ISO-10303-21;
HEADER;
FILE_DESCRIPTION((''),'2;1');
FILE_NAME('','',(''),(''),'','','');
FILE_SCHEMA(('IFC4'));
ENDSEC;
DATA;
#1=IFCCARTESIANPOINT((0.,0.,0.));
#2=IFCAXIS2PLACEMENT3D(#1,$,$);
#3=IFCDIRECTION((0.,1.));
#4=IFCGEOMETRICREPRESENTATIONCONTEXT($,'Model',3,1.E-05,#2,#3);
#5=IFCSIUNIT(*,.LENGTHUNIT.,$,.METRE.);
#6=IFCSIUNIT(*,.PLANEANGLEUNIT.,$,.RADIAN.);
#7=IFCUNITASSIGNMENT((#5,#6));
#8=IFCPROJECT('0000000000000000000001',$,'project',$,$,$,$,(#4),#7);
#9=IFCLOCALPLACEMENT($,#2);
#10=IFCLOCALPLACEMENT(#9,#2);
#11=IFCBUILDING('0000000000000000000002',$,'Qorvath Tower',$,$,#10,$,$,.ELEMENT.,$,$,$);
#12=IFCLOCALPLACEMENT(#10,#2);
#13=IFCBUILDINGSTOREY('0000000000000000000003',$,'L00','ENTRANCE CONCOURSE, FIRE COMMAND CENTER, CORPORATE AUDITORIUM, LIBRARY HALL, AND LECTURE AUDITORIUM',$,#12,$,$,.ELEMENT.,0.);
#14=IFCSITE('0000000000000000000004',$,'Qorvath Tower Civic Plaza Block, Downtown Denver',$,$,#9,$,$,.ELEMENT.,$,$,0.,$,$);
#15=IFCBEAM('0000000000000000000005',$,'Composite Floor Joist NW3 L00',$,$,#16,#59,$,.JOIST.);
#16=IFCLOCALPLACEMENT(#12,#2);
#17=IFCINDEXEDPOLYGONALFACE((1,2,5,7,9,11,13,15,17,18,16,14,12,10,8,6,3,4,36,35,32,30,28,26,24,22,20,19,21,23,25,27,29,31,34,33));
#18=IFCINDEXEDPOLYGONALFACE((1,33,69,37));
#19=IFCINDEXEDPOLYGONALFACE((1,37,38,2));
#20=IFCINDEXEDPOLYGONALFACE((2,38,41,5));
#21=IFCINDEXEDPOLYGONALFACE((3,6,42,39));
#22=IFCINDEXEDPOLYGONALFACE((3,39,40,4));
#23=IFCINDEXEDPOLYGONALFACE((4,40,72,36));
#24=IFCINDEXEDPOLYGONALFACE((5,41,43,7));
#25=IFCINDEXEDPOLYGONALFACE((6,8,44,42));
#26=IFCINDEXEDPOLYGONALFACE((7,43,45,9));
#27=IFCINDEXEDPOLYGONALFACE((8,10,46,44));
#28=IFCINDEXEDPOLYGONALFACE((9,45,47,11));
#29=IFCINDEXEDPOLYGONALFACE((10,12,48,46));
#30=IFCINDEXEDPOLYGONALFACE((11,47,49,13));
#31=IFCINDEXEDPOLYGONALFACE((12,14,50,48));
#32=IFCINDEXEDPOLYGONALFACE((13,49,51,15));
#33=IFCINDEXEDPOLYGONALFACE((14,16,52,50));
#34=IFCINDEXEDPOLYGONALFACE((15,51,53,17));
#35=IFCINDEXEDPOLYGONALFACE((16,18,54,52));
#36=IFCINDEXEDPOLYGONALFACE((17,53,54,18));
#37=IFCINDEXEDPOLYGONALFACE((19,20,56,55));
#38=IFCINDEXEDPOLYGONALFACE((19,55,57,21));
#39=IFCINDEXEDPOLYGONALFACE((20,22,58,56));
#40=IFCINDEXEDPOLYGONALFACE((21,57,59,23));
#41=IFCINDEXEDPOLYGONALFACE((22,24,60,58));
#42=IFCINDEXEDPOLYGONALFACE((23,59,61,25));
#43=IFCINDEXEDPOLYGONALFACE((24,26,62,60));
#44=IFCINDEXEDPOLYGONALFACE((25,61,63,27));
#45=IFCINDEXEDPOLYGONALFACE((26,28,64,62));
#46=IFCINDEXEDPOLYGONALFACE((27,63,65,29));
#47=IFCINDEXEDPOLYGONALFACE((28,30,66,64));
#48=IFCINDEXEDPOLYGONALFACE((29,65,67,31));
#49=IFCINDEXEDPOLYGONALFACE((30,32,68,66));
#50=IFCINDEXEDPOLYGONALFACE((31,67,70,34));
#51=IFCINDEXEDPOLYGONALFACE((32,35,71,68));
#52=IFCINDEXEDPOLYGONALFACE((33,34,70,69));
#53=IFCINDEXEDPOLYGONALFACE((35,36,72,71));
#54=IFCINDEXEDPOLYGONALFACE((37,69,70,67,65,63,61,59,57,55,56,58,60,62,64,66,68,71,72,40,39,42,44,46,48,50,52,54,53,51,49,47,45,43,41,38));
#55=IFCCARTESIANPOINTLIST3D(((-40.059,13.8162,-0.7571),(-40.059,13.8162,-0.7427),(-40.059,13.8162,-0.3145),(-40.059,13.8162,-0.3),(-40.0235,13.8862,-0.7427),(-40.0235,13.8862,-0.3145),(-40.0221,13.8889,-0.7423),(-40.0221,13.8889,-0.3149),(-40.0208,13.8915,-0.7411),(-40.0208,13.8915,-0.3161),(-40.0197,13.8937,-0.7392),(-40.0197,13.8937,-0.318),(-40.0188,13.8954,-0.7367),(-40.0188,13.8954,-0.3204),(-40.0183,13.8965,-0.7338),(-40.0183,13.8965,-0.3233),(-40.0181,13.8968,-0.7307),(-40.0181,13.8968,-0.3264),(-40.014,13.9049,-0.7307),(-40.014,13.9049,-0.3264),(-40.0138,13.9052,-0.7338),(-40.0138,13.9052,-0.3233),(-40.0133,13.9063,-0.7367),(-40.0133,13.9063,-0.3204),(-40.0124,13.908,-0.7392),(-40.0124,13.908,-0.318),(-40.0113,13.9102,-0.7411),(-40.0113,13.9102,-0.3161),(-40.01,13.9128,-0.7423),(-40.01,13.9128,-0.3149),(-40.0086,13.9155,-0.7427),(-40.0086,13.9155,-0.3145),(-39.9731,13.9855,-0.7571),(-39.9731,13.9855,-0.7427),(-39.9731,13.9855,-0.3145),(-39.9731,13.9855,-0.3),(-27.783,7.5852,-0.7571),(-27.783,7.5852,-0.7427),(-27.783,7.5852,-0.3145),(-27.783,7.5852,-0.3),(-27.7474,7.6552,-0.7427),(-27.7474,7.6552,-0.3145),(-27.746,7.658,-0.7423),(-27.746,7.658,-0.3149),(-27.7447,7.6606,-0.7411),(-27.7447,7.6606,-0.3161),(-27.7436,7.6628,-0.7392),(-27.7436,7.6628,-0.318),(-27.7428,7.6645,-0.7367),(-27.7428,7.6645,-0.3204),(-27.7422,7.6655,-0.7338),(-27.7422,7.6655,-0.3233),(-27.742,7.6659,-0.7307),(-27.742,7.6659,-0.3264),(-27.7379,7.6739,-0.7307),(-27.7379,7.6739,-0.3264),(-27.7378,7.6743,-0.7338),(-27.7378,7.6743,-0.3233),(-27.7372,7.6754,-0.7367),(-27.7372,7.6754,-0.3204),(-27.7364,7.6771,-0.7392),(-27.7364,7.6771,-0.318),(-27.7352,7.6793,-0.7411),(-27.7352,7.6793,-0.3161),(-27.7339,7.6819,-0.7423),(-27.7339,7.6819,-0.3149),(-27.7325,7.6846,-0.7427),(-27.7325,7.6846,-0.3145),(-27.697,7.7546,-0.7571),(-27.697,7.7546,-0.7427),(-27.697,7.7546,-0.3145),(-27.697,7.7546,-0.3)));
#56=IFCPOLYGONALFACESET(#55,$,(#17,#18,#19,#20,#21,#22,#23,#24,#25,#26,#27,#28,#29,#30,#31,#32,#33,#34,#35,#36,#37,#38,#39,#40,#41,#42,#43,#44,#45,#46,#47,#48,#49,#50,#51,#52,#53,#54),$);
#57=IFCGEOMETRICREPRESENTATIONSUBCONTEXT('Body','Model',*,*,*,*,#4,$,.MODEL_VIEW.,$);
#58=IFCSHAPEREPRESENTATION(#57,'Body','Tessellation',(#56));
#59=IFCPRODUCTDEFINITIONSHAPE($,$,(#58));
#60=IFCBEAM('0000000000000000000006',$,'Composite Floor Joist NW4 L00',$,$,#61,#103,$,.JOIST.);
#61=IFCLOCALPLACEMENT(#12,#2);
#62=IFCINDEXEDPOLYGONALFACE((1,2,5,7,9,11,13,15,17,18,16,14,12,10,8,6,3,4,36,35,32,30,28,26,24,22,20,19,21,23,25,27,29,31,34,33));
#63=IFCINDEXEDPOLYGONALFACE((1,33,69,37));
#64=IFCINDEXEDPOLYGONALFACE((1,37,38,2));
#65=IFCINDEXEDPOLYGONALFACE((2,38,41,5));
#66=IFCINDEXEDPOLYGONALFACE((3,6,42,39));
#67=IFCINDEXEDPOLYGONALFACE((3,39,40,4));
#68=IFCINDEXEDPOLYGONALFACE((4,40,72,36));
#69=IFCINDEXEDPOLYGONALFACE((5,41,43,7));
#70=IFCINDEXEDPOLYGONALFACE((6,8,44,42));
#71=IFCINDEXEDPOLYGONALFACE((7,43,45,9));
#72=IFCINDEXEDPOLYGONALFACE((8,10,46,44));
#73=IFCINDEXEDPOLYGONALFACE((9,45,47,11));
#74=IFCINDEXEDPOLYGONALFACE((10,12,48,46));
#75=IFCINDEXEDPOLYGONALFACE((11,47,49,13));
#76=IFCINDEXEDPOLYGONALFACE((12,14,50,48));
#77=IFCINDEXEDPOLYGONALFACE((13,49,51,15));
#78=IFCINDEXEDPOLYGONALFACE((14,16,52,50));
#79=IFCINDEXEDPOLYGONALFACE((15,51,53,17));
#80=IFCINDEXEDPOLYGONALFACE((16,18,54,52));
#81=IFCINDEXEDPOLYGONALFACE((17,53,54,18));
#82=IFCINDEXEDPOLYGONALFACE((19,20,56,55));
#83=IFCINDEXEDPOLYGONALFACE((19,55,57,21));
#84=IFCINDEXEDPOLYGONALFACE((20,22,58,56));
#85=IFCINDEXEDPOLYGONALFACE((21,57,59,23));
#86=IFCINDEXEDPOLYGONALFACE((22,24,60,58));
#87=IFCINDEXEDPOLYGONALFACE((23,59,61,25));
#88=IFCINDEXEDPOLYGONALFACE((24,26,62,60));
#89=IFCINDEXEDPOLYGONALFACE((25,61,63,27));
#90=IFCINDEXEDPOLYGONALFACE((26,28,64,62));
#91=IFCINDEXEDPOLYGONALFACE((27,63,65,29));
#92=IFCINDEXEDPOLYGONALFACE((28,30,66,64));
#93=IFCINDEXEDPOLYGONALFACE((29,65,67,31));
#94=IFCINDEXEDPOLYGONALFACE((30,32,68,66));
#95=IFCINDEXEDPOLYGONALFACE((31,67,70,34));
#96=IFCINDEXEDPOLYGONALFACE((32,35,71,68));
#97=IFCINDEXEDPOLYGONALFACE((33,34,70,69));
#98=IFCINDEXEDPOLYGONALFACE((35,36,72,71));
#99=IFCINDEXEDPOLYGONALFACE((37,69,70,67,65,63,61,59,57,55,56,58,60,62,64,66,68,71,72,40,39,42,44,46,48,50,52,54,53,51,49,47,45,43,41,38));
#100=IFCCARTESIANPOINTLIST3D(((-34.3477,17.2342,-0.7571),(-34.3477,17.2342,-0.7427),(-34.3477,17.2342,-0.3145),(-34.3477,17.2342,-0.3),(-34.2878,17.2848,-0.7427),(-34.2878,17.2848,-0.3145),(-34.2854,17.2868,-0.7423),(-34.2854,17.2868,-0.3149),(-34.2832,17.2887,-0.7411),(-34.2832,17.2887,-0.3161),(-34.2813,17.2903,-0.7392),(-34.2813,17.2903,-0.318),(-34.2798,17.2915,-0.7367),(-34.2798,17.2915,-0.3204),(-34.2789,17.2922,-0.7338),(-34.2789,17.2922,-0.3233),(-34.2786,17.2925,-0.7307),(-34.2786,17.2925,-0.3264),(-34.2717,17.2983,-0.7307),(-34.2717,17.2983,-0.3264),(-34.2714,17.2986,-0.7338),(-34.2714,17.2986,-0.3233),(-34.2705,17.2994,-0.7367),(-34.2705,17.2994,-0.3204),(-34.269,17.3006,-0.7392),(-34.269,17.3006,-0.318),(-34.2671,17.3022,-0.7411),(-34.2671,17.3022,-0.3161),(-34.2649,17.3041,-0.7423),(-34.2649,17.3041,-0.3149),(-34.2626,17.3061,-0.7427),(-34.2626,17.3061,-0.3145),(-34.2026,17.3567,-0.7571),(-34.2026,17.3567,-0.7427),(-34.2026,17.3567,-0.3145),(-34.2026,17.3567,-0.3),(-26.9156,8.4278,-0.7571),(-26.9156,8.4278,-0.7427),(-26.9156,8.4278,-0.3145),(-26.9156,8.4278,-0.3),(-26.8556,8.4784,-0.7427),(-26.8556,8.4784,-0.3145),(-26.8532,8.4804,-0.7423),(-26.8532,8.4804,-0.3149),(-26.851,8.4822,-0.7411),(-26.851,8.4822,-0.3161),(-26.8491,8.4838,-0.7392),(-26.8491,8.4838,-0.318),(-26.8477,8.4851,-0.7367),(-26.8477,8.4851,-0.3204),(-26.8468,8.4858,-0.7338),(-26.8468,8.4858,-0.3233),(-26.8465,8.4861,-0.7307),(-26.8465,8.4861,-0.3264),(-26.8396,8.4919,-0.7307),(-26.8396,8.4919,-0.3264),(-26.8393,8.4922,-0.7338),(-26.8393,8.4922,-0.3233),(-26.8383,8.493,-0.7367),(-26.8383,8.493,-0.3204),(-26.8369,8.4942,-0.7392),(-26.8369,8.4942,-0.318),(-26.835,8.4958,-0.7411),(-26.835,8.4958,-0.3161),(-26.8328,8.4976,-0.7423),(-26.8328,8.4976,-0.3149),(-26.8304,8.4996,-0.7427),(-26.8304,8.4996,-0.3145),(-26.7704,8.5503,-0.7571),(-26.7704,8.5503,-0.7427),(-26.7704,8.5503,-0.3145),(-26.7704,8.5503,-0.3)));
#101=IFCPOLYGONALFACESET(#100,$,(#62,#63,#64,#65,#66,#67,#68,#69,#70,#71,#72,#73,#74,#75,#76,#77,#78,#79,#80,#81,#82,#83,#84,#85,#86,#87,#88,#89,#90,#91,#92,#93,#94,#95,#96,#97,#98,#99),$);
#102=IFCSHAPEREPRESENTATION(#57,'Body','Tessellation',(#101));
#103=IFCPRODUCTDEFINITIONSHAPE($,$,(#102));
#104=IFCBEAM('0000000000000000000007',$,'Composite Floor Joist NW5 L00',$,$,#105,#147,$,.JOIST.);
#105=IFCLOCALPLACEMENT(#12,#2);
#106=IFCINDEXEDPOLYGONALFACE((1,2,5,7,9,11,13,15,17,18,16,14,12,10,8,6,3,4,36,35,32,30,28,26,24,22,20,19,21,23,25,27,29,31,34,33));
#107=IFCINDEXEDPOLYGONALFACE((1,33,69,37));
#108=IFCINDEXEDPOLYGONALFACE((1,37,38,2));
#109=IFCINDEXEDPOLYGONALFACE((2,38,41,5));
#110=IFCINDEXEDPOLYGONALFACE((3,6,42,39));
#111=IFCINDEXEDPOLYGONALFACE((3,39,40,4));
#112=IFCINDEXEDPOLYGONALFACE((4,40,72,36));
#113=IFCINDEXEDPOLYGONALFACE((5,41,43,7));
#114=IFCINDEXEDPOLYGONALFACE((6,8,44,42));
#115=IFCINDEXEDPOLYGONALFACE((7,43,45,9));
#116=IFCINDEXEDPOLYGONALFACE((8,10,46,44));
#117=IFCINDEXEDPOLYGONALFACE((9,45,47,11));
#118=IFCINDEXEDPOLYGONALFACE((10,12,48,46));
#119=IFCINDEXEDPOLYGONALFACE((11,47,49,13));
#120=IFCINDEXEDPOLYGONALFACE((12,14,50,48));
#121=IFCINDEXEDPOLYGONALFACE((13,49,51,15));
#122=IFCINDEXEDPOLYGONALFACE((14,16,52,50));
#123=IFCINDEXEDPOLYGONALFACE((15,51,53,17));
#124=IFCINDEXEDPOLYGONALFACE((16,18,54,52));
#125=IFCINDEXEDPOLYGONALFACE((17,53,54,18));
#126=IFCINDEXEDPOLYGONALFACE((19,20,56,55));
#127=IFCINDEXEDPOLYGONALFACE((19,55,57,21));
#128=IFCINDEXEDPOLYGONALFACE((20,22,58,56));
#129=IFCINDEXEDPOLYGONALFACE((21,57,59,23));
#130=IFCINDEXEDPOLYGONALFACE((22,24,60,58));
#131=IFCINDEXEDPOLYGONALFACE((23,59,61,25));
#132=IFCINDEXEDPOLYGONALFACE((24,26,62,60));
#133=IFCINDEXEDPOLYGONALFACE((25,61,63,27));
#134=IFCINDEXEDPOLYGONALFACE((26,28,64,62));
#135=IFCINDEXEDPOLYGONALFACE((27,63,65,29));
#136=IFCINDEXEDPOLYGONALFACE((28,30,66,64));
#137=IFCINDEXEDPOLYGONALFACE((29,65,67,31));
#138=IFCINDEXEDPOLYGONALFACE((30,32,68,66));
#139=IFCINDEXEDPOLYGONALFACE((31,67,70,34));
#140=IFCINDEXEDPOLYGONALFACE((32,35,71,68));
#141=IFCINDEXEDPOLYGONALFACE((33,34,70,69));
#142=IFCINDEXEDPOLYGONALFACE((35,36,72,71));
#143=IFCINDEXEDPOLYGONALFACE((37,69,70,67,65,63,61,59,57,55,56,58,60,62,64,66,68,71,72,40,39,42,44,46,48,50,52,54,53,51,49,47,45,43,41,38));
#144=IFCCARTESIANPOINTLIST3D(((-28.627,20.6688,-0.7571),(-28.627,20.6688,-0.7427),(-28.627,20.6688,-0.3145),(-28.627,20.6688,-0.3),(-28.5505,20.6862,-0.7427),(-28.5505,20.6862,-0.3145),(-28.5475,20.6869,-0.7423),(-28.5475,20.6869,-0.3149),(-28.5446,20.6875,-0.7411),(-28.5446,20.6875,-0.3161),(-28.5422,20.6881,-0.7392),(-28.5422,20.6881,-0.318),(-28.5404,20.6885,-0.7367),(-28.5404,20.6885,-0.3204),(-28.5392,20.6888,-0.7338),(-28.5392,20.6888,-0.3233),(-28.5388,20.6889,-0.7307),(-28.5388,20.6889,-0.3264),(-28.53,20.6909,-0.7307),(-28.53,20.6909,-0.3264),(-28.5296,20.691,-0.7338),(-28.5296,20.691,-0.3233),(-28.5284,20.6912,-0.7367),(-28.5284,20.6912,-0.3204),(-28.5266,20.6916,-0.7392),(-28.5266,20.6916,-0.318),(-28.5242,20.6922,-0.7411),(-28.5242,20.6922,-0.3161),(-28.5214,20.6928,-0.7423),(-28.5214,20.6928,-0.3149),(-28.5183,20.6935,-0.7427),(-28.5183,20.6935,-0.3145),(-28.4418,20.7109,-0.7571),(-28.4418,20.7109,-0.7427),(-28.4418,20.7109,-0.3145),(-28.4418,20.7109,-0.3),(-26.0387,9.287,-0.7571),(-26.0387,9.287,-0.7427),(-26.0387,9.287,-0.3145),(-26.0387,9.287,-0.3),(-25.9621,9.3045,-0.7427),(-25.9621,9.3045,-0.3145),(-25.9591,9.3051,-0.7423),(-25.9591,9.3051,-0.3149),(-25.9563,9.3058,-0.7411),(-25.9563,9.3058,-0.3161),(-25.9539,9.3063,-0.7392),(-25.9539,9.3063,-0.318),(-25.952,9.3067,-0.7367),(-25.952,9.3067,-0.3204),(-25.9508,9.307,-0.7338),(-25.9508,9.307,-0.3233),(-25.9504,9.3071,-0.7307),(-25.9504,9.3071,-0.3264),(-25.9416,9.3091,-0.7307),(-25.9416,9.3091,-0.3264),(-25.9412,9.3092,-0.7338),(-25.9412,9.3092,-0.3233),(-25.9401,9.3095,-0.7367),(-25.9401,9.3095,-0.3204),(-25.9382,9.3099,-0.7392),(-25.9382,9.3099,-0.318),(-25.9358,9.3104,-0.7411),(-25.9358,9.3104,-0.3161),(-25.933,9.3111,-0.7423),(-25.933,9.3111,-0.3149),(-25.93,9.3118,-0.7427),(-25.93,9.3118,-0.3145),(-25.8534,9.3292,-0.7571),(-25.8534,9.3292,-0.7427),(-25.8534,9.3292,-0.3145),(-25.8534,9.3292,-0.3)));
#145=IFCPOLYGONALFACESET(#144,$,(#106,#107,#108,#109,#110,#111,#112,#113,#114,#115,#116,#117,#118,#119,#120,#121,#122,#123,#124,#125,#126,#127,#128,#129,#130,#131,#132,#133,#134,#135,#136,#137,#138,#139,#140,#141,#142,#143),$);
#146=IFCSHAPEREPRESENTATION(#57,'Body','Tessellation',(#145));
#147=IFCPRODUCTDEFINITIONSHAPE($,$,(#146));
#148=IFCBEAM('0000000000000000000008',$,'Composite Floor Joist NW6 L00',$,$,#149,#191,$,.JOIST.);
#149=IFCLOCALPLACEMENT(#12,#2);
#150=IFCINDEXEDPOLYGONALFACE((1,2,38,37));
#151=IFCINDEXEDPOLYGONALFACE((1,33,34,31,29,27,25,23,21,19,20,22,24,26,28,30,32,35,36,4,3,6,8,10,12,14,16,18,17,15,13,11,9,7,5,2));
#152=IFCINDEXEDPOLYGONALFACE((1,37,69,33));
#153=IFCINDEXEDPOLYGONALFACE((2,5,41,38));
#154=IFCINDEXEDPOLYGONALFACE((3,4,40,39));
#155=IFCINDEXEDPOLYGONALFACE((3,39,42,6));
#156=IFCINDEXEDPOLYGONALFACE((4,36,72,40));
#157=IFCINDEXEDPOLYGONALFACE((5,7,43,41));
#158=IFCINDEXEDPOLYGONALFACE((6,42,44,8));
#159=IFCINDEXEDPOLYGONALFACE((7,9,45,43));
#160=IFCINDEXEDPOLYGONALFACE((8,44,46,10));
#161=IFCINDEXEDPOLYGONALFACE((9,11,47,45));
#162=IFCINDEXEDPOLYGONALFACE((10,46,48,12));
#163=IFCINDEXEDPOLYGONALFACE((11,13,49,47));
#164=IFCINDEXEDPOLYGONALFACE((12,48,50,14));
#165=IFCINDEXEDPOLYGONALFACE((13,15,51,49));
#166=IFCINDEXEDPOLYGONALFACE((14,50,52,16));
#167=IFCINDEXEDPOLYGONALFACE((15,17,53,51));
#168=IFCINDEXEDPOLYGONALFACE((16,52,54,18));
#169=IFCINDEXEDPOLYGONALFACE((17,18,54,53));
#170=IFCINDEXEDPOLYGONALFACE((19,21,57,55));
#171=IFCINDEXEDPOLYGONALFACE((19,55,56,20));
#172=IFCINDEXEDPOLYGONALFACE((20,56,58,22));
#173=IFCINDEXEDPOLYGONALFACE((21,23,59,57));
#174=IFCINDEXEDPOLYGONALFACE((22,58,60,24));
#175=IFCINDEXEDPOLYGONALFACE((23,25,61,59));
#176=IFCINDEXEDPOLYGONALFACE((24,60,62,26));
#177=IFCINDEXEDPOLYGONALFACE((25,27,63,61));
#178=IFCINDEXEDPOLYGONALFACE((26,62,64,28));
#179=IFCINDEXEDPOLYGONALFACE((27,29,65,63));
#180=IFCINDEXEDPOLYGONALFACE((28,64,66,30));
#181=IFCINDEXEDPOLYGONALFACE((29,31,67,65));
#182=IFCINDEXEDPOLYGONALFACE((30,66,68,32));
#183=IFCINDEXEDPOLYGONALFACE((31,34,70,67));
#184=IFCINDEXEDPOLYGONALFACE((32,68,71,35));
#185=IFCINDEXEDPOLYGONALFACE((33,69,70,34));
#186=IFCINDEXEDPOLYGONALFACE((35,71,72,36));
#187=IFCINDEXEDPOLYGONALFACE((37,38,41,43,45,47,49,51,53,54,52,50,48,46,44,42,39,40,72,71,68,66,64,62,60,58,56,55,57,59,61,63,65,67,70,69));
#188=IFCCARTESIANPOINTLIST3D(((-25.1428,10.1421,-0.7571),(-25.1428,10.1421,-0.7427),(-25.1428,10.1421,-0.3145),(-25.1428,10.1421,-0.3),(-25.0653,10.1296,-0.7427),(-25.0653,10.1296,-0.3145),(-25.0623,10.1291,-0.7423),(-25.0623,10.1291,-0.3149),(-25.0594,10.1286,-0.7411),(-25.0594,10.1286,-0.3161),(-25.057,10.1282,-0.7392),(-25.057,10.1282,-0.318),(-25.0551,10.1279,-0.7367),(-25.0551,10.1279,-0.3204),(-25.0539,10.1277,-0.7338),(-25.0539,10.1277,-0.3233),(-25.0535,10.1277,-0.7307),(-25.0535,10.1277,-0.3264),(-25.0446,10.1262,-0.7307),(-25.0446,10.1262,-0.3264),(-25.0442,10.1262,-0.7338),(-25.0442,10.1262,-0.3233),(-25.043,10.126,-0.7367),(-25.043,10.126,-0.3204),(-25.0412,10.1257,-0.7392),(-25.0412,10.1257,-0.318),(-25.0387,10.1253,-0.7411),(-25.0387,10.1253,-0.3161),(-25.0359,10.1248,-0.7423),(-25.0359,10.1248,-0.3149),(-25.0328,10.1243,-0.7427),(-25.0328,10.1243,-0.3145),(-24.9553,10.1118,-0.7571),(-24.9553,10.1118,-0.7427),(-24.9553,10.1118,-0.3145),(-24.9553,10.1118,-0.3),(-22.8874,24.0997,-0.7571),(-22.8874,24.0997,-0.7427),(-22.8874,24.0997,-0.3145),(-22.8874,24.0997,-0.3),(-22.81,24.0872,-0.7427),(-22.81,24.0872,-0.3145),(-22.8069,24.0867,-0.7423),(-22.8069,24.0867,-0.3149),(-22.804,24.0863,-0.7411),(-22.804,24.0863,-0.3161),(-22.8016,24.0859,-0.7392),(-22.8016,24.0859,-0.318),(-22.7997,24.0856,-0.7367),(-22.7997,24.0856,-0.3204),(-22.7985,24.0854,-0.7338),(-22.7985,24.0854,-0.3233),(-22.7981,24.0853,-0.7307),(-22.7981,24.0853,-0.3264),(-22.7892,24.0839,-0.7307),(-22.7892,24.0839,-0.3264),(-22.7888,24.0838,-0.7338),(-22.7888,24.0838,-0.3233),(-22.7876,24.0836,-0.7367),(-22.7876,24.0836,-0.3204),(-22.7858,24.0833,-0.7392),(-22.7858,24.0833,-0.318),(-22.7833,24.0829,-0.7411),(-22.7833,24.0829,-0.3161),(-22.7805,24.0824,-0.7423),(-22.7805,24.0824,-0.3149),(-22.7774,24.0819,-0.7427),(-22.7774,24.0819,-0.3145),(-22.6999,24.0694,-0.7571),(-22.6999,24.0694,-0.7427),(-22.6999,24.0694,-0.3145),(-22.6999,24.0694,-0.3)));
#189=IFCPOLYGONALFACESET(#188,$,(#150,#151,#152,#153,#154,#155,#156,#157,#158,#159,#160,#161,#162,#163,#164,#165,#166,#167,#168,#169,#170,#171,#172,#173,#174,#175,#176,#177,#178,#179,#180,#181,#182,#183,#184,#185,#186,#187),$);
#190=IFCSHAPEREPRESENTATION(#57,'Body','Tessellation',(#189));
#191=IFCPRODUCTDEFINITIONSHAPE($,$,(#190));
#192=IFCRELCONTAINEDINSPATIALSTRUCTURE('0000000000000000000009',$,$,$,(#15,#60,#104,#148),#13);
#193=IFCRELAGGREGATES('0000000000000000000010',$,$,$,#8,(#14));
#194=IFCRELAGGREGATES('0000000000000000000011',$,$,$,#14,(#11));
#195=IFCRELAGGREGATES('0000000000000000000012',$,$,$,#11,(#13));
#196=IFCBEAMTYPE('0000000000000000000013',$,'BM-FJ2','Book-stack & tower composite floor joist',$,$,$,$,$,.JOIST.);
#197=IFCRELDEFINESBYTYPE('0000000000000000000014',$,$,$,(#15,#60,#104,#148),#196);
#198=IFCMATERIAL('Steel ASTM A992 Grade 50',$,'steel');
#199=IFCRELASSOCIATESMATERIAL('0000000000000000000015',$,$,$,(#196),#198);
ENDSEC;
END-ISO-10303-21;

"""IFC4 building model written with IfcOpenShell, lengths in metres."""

from ifc_helpers import new_model, si_unit, direction, frame, origin, origin_2d, place, context, subcontext, project, spatial, i_section, extrude, material, material_profile, profile_set, type_object, element, save


model = new_model("IFC4")

# Units and contexts
model_context = context("Model", 3, precision=1e-05, world=origin(), true_north=direction((0.0, 1.0)))
body_context = subcontext(model_context, "Body", "Model", "MODEL_VIEW")
ifc_project = project(units=[si_unit("LENGTHUNIT", "METRE"), si_unit("PLANEANGLEUNIT", "RADIAN")], contexts=[model_context])

# Site, building, storey
site_placement = place(None, origin())
site = spatial("IfcSite", under=ifc_project, at=site_placement, Name="Qorvath Tower Civic Plaza Block, Downtown Denver", CompositionType="ELEMENT", RefElevation=0.0)
building_placement = place(site_placement, origin())
building = spatial("IfcBuilding", under=site, at=building_placement, Name="Qorvath Tower", CompositionType="ELEMENT")
storey_placement = place(building_placement, origin())
storey = spatial("IfcBuildingStorey", under=building, at=storey_placement, Name="L00", Description="ENTRANCE CONCOURSE, FIRE COMMAND CENTER, CORPORATE AUDITORIUM, LIBRARY HALL, AND LECTURE AUDITORIUM", CompositionType="ELEMENT", Elevation=0.0)

# Beams
ifc_material_1 = material(Name="Steel ASTM A992 Grade 50", Category="steel")
ifc_material_profile = material_profile(ifc_material_1, i_section(OverallWidth=0.1899, OverallDepth=0.457, WebThickness=0.009, FlangeThickness=0.0144, FilletRadius=0.012, at=origin_2d()), Name="W18x50")
ifc_profile_set = profile_set([ifc_material_profile], Name="Steel ASTM A992 Grade 50")
beam_type = type_object("IfcBeamType", Name="BM-FJ2", Description="Book-stack & tower composite floor joist", PredefinedType="JOIST", material=ifc_profile_set)
beam_1_placement = place(storey_placement, frame((-27.74, 7.6699, -0.5286), z_axis=(-0.891712, 0.452604, 0.0), x_axis=(-0.452604, -0.891712, 0.0)))
element("IfcBeam", 1, at=beam_1_placement, inside=storey, type_object=beam_type, Name="Composite Floor Joist NW3 L00", PredefinedType="JOIST", context=body_context, shape_type="SweptSolid", body=[
    extrude(i_section(OverallWidth=0.1899, OverallDepth=0.457, WebThickness=0.009, FlangeThickness=0.0144, FilletRadius=0.012, at=origin_2d()), origin(), (0.0, 0.0, 1.0), 13.7668),
])
beam_2_placement = place(storey_placement, frame((-26.843, 8.489, -0.5286), z_axis=(-0.644959, 0.764217, 0.0), x_axis=(-0.764217, -0.644959, 0.0)))
element("IfcBeam", 2, at=beam_2_placement, inside=storey, type_object=beam_type, Name="Composite Floor Joist NW4 L00", PredefinedType="JOIST", context=body_context, shape_type="SweptSolid", body=[
    extrude(i_section(OverallWidth=0.1899, OverallDepth=0.457, WebThickness=0.009, FlangeThickness=0.0144, FilletRadius=0.012, at=origin_2d()), origin(), (0.0, 0.0, 1.0), 11.5234),
])
beam_3_placement = place(storey_placement, frame((-25.946, 9.3081, -0.5286), z_axis=(-0.221751, 0.975103, 0.0), x_axis=(-0.975103, -0.221751, 0.0)))
element("IfcBeam", 3, at=beam_3_placement, inside=storey, type_object=beam_type, Name="Composite Floor Joist NW5 L00", PredefinedType="JOIST", context=body_context, shape_type="SweptSolid", body=[
    extrude(i_section(OverallWidth=0.1899, OverallDepth=0.457, WebThickness=0.009, FlangeThickness=0.0144, FilletRadius=0.012, at=origin_2d()), origin(), (0.0, 0.0, 1.0), 11.6724),
])
beam_4_placement = place(storey_placement, frame((-25.0491, 10.127, -0.5286), z_axis=(0.159519, 0.987195, 0.0), x_axis=(-0.987195, 0.159519, 0.0)))
element("IfcBeam", 4, at=beam_4_placement, inside=storey, type_object=beam_type, Name="Composite Floor Joist NW6 L00", PredefinedType="JOIST", context=body_context, shape_type="SweptSolid", body=[
    extrude(i_section(OverallWidth=0.1899, OverallDepth=0.457, WebThickness=0.009, FlangeThickness=0.0144, FilletRadius=0.012, at=origin_2d()), origin(), (0.0, 0.0, 1.0), 14.1387),
])

save(model, "model.ifc")
